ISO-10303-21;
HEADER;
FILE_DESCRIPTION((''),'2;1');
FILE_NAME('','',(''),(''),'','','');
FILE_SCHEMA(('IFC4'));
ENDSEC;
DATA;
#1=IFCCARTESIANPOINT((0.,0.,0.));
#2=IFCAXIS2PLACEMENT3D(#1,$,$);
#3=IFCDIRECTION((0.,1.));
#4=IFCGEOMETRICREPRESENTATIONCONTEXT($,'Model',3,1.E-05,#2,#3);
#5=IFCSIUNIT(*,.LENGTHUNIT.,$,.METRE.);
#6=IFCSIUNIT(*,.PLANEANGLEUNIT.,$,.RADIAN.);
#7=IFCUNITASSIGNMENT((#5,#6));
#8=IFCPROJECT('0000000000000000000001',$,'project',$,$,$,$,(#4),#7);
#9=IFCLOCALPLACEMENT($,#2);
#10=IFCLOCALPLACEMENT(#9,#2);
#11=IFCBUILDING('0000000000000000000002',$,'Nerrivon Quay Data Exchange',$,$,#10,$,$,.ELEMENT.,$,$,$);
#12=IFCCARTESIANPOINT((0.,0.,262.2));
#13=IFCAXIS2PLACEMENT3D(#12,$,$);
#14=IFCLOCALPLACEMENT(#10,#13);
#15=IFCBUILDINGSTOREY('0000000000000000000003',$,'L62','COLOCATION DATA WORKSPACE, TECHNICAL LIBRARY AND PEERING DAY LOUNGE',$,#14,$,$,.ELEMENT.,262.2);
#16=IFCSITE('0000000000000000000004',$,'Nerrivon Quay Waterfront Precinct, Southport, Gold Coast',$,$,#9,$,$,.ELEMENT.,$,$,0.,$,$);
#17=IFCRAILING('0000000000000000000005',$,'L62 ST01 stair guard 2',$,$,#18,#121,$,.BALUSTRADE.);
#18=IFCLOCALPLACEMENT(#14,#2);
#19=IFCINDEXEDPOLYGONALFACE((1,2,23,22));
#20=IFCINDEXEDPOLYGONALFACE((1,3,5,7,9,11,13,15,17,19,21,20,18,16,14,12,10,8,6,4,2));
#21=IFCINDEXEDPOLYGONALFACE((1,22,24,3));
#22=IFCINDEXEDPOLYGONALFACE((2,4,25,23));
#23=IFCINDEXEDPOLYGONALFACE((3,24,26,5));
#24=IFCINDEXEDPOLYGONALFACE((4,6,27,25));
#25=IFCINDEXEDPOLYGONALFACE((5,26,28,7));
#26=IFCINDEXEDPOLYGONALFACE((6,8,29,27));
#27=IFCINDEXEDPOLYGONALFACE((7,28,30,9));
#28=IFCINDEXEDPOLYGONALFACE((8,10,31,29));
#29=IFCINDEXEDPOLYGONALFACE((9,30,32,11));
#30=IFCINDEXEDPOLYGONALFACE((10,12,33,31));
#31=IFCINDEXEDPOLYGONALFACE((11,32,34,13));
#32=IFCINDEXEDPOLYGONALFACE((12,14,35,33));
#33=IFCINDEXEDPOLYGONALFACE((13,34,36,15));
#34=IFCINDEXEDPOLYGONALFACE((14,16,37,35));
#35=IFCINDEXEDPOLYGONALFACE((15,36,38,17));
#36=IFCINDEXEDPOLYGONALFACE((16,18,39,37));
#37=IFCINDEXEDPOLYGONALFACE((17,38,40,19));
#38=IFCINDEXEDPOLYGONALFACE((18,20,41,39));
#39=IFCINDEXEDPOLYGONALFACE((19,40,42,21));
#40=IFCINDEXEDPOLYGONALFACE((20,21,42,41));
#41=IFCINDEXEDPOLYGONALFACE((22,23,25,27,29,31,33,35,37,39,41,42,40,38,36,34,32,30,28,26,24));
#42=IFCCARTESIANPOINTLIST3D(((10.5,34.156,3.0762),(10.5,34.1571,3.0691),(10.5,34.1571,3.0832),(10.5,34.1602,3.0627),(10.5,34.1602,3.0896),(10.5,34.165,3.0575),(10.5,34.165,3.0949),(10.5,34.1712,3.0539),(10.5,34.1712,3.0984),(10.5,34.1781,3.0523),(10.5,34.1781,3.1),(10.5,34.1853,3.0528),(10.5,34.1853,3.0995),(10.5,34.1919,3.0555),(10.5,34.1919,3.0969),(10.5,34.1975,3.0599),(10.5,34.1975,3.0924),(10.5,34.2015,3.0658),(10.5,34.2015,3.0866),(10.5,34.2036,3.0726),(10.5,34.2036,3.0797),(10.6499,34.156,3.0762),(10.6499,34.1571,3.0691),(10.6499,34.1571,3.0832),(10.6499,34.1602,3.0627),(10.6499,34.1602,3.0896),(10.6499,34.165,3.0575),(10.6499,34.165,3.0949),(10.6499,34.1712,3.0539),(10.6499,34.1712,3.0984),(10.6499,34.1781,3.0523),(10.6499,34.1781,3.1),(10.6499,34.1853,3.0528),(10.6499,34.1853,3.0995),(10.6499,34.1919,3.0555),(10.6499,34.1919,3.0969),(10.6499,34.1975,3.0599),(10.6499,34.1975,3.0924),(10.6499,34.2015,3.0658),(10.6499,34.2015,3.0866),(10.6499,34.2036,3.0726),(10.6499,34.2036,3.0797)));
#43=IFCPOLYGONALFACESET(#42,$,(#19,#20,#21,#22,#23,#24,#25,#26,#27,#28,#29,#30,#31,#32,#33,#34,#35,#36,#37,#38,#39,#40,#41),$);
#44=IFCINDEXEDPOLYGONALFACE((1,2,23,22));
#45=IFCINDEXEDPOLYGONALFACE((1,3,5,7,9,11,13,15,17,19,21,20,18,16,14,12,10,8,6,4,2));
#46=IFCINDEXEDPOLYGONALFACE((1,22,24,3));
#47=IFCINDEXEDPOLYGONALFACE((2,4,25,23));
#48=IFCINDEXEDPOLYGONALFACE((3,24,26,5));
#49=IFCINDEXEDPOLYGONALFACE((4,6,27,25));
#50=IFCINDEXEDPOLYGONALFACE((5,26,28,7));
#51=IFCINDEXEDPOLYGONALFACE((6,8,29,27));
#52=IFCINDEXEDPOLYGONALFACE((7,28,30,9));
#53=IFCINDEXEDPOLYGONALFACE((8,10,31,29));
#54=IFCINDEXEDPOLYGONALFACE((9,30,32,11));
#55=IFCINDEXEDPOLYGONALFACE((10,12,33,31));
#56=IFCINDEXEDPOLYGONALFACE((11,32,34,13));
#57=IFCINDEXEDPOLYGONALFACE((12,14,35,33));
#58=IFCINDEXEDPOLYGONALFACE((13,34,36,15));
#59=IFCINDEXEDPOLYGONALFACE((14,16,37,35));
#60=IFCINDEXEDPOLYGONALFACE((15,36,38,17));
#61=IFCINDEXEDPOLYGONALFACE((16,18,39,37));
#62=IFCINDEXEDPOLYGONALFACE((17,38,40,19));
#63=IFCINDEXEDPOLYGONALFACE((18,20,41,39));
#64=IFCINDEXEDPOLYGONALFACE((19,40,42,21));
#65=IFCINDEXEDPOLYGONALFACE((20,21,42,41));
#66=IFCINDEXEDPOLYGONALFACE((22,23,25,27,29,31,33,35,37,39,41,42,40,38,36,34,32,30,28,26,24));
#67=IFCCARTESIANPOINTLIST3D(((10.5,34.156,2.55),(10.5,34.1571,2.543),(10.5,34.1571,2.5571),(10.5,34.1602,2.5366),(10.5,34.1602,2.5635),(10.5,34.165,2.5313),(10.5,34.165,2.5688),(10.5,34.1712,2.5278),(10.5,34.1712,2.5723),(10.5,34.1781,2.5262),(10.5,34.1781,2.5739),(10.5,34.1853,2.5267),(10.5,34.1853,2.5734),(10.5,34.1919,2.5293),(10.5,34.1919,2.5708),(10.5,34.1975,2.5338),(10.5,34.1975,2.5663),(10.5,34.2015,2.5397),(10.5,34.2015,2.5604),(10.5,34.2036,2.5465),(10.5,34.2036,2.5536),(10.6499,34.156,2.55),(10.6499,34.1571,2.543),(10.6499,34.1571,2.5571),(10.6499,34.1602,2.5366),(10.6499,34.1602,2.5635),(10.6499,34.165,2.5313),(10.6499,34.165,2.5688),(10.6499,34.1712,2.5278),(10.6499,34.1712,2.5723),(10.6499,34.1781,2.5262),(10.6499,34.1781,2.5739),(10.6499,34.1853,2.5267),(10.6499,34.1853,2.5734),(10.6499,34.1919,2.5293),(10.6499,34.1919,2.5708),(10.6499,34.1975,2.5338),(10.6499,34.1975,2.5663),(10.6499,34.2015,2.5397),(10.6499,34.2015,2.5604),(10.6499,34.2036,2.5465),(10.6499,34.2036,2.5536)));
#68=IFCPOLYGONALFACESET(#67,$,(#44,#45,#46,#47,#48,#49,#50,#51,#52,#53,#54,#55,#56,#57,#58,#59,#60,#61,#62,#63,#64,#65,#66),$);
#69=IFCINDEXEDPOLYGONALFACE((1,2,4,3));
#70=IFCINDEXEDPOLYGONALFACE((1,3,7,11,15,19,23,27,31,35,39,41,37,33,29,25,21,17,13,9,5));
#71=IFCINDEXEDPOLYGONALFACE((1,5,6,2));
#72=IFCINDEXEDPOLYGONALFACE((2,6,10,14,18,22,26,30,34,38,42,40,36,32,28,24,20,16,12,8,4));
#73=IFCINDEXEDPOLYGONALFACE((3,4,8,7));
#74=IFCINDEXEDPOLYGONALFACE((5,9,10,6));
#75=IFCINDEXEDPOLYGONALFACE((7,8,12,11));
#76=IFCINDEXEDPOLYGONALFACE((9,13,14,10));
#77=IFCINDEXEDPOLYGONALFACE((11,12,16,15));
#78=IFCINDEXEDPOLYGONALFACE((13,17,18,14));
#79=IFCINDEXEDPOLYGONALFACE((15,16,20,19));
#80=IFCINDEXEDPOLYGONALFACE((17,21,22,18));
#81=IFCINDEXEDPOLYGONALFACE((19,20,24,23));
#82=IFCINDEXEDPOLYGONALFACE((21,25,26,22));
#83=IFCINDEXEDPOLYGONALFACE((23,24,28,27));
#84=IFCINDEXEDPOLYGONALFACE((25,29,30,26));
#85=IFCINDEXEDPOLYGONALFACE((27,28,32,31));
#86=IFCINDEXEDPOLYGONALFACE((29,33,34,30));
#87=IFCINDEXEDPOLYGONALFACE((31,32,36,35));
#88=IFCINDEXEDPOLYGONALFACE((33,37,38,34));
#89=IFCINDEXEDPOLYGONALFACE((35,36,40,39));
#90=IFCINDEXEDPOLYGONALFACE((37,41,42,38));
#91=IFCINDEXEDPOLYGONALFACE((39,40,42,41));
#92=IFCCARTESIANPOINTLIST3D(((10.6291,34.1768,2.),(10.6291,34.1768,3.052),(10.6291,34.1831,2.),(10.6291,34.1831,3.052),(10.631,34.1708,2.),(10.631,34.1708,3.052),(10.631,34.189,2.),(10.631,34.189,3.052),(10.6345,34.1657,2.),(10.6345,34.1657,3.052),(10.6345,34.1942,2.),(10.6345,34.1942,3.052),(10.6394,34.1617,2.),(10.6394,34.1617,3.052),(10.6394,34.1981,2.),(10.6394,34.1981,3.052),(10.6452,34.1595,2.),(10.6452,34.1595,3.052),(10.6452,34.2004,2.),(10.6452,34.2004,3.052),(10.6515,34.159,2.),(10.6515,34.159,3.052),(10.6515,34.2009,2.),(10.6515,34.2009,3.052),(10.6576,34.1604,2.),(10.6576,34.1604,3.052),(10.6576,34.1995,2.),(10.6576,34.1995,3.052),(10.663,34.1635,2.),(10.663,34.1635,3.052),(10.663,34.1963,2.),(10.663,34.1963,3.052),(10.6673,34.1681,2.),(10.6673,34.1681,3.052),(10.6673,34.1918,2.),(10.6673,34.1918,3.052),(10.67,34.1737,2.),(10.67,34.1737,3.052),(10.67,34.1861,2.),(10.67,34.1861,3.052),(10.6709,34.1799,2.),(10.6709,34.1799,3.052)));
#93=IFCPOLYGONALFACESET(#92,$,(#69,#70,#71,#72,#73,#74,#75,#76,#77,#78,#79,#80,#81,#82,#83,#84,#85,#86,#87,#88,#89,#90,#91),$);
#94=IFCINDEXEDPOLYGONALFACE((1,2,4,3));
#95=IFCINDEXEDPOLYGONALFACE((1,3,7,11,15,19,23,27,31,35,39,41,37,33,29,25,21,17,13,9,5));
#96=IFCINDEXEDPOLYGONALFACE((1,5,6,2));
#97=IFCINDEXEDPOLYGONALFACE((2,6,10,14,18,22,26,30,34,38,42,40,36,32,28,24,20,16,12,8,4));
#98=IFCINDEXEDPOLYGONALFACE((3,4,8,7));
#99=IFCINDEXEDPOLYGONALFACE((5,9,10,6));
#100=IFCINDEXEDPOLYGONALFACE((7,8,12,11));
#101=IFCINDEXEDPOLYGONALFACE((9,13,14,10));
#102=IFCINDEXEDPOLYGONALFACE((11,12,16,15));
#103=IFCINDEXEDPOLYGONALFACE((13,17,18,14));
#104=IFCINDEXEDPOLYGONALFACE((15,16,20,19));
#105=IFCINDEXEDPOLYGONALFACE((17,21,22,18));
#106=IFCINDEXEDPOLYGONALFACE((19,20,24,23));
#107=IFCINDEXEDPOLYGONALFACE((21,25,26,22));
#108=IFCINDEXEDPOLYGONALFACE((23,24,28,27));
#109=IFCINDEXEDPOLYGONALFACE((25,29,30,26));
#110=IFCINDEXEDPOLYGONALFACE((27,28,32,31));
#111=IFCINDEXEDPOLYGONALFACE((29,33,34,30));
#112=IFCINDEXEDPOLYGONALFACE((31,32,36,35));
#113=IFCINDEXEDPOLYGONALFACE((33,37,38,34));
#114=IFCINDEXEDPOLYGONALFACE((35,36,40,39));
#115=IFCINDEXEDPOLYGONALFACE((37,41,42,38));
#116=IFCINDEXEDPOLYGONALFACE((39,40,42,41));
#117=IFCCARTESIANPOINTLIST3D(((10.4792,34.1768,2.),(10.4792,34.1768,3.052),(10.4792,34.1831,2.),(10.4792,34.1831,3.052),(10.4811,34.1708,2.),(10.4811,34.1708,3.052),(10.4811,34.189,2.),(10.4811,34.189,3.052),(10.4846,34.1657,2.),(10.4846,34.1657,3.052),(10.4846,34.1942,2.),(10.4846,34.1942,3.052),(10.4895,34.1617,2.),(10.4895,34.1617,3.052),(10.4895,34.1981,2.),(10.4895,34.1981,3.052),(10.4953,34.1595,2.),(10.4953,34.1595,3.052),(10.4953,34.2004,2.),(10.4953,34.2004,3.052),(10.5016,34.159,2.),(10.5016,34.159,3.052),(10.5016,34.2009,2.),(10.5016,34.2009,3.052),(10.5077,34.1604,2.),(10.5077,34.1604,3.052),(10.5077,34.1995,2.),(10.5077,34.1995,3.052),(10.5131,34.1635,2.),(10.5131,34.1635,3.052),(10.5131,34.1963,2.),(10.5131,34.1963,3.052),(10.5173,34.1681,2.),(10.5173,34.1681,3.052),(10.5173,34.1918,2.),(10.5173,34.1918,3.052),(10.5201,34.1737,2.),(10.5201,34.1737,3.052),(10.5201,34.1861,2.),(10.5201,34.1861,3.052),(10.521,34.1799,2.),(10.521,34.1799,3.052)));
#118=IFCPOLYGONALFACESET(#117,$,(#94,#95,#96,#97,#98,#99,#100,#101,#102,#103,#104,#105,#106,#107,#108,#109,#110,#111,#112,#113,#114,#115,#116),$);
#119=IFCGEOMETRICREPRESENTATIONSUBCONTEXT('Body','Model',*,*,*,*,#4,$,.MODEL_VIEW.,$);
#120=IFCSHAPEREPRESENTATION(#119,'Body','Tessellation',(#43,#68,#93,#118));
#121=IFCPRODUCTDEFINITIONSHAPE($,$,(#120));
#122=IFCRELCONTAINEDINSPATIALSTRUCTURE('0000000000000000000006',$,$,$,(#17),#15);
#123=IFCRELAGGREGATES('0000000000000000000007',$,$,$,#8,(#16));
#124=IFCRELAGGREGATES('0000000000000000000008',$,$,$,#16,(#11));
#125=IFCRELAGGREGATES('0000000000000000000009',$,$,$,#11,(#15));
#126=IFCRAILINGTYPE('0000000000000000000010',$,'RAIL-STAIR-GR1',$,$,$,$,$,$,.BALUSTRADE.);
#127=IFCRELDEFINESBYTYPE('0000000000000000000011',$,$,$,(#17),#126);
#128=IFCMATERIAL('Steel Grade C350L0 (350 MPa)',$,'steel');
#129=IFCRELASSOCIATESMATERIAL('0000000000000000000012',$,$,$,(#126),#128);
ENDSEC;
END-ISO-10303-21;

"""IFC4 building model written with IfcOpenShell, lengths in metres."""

from ifc_helpers import new_model, si_unit, direction, frame, origin, origin_2d, place, context, subcontext, project, spatial, circle, extrude, material, type_object, element, save


model = new_model("IFC4")

# Units and contexts
model_context = context("Model", 3, precision=1e-05, world=origin(), true_north=direction((0.0, 1.0)))
body_context = subcontext(model_context, "Body", "Model", "MODEL_VIEW")
ifc_project = project(units=[si_unit("LENGTHUNIT", "METRE"), si_unit("PLANEANGLEUNIT", "RADIAN")], contexts=[model_context])

# Site, building, storey
site_placement = place(None, origin())
site = spatial("IfcSite", under=ifc_project, at=site_placement, Name="Nerrivon Quay Waterfront Precinct, Southport, Gold Coast", CompositionType="ELEMENT", RefElevation=0.0)
building_placement = place(site_placement, origin())
building = spatial("IfcBuilding", under=site, at=building_placement, Name="Nerrivon Quay Data Exchange", CompositionType="ELEMENT")
storey_placement = place(building_placement, frame((0.0, 0.0, 262.2)))
storey = spatial("IfcBuildingStorey", under=building, at=storey_placement, Name="L62", Description="COLOCATION DATA WORKSPACE, TECHNICAL LIBRARY AND PEERING DAY LOUNGE", CompositionType="ELEMENT", Elevation=262.2)

# Shared definitions
ifc_material_1 = material(Name="Steel Grade C350L0 (350 MPa)", Category="steel")

# Railing
railing_type_1 = type_object("IfcRailingType", Name="RAIL-STAIR-GR1", PredefinedType="BALUSTRADE", material=ifc_material_1)
railing_1_placement = place(storey_placement, frame((10.6499, 34.1799, 2.0)))
element("IfcRailing", 1, at=railing_1_placement, inside=storey, type_object=railing_type_1, Name="L62 ST01 stair guard 2", PredefinedType="BALUSTRADE", context=body_context, shape_type="SweptSolid", body=[
    extrude(circle(Radius=0.0239, at=origin_2d()), frame((0.0, 0.0, 1.0762), z_axis=(-1.0, 0.0, 0.0), x_axis=(0.0, -1.0, 0.0)), (0.0, 0.0, 1.0), 0.1499),
    extrude(circle(Radius=0.0239, at=origin_2d()), frame((0.0, 0.0, 0.55), z_axis=(-1.0, 0.0, 0.0), x_axis=(0.0, -1.0, 0.0)), (0.0, 0.0, 1.0), 0.1499),
    extrude(circle(Radius=0.021, at=origin_2d()), origin(), (0.0, 0.0, 1.0), 1.052),
    extrude(circle(Radius=0.021, at=origin_2d()), frame((-0.1499, 0.0, 0.0)), (0.0, 0.0, 1.0), 1.052),
])

save(model, "model.ifc")
